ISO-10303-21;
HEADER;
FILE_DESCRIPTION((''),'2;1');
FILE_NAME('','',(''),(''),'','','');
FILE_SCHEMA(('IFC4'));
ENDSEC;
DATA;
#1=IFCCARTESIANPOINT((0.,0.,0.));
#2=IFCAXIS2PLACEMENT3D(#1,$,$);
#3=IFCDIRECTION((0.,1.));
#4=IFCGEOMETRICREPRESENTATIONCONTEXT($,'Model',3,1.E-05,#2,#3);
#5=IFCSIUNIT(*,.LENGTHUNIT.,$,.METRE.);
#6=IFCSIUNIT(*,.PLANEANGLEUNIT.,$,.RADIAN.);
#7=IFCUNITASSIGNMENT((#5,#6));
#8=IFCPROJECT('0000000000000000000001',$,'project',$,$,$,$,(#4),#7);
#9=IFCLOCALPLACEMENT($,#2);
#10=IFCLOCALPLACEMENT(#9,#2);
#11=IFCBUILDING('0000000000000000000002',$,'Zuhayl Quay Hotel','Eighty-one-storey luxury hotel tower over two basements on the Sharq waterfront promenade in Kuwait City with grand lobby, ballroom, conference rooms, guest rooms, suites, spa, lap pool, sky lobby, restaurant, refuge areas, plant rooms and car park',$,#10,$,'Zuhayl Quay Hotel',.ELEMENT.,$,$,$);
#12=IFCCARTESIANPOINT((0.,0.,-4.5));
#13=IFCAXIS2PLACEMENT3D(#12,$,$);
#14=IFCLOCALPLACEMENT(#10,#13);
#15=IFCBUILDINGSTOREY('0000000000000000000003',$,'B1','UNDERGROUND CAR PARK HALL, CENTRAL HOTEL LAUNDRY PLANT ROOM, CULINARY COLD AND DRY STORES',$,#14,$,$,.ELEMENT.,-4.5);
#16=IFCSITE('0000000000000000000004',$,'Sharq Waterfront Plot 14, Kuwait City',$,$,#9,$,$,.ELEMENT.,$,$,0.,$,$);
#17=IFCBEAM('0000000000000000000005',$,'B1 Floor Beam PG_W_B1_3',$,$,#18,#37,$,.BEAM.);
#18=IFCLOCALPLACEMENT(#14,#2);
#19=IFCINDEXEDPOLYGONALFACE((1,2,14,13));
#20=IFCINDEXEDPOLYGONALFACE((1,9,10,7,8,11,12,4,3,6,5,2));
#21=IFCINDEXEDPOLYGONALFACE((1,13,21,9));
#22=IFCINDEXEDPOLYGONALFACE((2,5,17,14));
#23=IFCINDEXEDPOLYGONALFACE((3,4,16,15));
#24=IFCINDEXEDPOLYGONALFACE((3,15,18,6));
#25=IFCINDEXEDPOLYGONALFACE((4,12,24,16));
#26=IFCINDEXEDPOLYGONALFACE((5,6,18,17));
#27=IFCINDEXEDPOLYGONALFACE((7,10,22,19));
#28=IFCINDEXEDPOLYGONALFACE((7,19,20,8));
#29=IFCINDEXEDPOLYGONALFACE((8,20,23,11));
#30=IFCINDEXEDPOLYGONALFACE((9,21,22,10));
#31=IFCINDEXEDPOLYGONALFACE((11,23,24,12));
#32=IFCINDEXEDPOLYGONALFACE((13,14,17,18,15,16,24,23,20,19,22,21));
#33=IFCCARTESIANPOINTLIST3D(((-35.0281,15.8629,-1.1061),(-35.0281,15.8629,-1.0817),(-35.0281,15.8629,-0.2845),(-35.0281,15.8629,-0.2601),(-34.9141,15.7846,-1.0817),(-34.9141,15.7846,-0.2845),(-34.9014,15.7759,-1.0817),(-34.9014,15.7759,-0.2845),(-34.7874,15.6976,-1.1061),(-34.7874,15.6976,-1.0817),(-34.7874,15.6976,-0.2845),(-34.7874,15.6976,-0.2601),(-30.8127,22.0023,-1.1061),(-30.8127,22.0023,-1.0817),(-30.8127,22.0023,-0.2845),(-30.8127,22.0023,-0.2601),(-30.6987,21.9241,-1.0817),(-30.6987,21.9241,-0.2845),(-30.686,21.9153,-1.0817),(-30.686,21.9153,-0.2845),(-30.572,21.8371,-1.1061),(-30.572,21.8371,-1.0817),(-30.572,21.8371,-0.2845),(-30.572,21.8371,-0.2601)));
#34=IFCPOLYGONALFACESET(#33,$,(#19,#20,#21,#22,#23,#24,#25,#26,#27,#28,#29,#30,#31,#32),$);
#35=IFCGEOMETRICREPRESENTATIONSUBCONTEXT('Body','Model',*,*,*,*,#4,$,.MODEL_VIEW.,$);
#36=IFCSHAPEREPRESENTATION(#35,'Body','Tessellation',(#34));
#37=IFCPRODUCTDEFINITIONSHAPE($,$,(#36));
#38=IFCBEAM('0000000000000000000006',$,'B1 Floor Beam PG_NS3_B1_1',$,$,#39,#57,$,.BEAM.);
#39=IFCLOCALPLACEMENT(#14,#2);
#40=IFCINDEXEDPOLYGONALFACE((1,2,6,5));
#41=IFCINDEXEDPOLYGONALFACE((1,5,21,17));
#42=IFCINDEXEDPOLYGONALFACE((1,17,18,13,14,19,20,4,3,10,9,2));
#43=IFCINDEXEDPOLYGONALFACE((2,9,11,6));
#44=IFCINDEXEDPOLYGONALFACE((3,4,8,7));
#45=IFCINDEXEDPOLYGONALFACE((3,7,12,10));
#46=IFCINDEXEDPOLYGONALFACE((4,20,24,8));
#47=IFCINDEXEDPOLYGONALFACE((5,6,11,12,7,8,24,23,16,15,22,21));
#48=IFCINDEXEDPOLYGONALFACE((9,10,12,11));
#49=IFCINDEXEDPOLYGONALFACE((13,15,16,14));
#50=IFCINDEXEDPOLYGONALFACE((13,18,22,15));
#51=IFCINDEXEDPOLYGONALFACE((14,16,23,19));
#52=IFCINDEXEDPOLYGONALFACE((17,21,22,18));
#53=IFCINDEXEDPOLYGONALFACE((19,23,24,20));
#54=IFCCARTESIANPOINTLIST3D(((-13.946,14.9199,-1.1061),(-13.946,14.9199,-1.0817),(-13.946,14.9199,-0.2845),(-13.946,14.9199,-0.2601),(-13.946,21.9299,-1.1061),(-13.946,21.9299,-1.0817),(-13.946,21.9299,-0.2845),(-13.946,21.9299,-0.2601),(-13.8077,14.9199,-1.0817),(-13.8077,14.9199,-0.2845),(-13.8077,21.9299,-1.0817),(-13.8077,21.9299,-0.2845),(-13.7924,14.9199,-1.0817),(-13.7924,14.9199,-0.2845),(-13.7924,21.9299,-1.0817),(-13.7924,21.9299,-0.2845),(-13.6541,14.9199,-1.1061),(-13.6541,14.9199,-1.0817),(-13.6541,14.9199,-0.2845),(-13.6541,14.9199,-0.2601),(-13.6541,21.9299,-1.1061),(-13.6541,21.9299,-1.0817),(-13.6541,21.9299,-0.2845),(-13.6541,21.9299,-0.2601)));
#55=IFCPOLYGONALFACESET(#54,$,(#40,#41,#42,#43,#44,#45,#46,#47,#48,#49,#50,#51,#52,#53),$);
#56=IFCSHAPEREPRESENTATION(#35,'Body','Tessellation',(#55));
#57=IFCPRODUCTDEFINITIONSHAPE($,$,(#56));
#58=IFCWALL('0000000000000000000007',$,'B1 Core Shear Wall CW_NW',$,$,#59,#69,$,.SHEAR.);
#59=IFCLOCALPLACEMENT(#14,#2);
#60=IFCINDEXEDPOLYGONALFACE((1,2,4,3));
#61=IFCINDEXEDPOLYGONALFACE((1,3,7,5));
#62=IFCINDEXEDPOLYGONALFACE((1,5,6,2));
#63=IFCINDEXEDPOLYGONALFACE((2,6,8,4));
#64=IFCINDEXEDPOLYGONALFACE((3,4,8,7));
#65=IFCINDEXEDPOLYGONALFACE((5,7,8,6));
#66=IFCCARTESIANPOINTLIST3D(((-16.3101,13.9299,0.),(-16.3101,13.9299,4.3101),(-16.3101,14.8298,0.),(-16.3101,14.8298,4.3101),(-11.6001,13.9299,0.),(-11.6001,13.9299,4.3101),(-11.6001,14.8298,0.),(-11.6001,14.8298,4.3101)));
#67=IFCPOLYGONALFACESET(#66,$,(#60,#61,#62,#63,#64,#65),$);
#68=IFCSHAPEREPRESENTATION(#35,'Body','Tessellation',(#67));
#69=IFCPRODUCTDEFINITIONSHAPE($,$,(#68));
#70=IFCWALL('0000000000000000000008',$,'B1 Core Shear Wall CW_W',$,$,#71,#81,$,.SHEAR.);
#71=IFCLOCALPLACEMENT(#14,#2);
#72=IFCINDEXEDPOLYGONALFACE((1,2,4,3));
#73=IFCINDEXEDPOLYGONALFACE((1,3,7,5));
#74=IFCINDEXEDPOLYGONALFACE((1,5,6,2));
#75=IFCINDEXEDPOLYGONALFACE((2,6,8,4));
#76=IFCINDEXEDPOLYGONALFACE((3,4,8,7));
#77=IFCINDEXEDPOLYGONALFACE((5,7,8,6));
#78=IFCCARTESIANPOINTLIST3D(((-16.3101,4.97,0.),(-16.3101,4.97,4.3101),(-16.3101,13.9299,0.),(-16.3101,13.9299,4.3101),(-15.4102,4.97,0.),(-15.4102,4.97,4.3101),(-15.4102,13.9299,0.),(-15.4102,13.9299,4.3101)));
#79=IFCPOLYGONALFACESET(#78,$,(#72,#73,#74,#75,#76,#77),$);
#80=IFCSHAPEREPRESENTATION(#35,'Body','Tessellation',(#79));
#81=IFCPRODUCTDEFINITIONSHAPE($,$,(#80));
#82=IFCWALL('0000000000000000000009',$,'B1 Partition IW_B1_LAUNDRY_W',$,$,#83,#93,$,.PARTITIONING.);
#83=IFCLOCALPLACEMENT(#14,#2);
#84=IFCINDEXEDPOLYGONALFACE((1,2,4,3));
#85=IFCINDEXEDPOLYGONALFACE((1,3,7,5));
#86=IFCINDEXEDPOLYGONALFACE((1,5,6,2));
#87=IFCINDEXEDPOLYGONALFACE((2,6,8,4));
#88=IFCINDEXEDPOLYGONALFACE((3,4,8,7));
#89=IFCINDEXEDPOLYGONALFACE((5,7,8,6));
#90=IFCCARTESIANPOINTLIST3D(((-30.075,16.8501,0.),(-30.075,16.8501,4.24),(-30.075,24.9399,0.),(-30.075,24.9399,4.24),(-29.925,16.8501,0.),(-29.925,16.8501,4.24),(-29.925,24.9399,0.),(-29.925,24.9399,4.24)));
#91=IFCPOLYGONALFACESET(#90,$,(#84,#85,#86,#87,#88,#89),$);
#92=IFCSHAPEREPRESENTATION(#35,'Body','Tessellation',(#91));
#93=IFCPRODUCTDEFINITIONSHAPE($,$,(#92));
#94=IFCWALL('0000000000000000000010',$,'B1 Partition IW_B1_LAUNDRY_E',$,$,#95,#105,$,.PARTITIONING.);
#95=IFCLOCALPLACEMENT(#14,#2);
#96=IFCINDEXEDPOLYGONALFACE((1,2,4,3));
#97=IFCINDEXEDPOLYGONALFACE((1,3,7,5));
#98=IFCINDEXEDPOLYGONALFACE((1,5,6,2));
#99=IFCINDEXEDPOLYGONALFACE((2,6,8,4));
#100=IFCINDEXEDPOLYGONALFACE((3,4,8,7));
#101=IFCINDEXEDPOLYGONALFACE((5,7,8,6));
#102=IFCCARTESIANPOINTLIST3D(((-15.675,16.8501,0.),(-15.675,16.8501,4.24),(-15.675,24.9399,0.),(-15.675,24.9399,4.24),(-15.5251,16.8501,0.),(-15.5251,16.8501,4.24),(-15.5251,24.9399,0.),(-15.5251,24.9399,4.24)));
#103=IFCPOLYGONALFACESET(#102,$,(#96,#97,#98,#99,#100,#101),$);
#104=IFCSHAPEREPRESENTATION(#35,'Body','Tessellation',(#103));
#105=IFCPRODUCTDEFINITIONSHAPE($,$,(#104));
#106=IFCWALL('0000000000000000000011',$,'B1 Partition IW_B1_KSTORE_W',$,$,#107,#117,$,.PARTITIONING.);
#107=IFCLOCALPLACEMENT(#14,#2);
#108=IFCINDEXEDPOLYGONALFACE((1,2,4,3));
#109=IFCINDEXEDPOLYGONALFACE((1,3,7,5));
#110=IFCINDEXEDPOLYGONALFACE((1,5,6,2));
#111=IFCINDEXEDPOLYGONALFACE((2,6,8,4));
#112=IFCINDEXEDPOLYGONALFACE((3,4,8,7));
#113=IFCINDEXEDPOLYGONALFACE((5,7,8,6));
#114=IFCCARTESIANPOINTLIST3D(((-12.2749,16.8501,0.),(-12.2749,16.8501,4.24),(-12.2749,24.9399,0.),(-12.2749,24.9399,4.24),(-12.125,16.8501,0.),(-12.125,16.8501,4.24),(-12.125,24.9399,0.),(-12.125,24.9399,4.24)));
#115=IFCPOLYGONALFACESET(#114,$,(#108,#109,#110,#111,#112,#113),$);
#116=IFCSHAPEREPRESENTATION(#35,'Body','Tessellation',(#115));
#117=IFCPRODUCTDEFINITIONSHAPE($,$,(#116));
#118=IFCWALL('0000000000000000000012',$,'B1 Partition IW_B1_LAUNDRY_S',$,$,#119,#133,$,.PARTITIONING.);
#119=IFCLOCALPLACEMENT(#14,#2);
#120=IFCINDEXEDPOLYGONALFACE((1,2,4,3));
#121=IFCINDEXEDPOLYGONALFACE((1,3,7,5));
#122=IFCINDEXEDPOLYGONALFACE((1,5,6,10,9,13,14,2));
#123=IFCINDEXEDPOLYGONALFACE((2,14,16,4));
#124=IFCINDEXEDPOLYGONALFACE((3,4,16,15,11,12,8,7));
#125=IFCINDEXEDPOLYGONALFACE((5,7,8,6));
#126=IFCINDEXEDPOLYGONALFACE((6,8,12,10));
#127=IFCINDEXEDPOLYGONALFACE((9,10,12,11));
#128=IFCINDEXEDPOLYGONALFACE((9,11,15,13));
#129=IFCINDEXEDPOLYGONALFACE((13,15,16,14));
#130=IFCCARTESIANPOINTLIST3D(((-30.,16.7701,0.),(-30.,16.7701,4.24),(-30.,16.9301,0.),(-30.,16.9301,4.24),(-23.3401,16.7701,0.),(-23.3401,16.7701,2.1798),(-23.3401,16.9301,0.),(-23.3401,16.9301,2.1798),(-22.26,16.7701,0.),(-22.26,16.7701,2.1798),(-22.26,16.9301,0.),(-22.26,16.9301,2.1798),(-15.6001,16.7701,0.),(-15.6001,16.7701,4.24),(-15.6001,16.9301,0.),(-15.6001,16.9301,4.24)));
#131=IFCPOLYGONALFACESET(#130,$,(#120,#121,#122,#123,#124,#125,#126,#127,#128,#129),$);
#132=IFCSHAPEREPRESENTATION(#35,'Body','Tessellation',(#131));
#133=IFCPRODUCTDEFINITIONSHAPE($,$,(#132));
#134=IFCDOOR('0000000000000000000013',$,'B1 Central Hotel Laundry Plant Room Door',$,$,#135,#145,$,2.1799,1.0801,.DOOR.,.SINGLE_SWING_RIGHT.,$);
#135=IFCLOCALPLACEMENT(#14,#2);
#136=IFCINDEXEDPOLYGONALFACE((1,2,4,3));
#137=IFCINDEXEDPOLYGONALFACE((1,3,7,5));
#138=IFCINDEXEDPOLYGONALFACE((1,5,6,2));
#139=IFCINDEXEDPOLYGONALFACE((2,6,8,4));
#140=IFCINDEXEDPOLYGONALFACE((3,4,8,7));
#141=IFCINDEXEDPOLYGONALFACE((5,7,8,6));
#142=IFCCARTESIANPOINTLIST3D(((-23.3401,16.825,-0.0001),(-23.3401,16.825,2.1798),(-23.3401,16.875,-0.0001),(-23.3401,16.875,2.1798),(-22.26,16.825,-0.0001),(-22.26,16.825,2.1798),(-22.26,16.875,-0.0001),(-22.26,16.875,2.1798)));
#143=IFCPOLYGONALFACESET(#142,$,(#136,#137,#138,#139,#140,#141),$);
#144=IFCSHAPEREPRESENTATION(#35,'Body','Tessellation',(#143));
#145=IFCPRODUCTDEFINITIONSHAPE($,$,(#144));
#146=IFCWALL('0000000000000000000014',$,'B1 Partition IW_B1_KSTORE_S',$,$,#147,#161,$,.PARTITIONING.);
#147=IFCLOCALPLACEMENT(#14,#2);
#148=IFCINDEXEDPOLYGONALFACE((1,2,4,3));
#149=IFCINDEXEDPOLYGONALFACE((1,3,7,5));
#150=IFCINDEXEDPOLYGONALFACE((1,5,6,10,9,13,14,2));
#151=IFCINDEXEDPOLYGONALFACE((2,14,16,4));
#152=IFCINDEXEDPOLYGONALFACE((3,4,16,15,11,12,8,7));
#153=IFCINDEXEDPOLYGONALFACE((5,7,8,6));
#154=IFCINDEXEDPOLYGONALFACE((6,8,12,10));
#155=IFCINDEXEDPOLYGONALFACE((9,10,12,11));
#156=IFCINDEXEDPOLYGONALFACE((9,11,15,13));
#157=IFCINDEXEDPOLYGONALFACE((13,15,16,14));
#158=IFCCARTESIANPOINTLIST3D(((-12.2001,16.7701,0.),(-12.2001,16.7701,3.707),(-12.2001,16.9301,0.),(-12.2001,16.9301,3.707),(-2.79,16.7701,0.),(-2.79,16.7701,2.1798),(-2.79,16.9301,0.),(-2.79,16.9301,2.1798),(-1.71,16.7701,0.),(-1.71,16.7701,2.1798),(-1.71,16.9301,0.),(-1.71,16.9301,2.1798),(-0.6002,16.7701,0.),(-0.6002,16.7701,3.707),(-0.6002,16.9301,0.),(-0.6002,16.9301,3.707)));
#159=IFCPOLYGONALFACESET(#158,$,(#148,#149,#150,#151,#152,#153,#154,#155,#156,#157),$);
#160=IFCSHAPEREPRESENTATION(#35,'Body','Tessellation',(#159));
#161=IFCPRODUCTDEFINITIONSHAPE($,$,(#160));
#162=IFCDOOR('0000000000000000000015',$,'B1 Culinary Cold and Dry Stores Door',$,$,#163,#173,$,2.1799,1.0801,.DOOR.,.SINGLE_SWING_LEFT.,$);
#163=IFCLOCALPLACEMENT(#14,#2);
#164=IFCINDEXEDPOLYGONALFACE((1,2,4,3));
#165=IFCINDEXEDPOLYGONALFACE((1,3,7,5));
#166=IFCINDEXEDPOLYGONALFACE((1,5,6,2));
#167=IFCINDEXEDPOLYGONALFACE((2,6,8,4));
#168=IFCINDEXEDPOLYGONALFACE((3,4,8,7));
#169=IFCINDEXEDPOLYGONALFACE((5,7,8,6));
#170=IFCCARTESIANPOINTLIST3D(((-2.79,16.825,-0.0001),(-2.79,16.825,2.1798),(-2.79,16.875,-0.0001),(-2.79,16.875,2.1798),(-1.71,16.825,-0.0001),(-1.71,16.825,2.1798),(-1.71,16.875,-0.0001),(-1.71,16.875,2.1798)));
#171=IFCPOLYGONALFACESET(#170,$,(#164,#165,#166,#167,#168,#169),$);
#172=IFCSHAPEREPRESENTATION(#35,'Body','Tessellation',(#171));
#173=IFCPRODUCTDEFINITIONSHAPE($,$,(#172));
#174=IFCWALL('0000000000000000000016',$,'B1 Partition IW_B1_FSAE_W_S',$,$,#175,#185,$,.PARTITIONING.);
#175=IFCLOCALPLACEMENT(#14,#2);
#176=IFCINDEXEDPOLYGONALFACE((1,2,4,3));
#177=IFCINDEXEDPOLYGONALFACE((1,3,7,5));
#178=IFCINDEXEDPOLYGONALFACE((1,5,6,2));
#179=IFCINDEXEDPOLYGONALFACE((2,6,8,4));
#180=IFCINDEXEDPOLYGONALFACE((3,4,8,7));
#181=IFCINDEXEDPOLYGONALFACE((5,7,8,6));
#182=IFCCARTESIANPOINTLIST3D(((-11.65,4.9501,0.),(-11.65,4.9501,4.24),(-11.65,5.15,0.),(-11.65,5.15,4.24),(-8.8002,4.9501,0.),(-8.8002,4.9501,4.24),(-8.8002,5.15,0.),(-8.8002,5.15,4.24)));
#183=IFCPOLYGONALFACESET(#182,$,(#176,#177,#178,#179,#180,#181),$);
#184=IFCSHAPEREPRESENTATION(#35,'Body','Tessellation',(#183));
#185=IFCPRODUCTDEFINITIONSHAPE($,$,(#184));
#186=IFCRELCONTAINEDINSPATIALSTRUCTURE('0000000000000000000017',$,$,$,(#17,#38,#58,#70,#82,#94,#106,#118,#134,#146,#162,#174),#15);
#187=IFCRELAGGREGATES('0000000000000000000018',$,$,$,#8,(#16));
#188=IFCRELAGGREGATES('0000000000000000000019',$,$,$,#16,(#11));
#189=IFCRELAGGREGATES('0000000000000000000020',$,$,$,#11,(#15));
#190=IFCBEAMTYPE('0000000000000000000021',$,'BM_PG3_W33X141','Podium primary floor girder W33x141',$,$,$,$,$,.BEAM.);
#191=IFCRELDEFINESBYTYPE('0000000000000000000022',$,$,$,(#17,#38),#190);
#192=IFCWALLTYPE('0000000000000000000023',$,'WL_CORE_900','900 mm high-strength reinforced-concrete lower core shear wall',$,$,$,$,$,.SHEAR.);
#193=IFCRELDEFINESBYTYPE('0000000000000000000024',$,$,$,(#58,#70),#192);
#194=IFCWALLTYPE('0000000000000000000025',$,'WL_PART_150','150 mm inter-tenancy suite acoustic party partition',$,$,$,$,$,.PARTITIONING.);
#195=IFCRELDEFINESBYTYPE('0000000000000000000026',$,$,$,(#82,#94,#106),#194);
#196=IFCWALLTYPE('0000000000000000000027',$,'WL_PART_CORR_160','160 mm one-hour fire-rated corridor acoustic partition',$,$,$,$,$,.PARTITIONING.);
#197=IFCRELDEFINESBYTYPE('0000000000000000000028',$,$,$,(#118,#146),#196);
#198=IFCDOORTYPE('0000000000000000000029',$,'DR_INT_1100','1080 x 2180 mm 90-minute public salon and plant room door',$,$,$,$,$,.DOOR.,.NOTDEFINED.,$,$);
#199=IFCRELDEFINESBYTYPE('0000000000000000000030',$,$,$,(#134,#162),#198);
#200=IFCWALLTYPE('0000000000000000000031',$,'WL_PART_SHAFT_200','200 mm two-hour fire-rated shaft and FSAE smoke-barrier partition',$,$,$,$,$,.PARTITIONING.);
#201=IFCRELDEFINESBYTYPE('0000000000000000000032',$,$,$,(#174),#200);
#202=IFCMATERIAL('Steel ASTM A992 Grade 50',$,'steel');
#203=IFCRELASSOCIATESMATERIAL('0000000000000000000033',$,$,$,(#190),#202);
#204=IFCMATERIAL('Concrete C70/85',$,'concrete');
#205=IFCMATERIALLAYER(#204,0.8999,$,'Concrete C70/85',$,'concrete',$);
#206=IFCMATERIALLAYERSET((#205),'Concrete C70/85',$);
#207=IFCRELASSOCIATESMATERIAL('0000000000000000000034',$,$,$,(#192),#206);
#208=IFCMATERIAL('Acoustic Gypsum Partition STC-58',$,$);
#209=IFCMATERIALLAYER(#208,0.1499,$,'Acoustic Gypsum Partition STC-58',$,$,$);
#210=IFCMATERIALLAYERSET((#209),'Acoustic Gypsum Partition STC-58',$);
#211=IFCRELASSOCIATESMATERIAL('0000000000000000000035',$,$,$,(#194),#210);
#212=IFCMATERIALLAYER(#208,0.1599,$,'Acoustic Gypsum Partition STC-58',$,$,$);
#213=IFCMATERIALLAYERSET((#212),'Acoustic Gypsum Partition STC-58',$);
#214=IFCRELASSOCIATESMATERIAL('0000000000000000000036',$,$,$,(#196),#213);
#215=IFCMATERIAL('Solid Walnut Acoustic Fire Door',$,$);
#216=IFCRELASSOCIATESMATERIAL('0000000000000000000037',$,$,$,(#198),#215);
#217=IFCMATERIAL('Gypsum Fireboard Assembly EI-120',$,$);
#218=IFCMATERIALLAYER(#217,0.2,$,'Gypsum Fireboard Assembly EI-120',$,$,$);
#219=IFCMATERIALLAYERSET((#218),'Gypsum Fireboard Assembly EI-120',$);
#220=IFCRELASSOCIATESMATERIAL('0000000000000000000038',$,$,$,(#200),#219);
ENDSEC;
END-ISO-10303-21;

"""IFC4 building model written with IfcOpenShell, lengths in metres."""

from ifc_helpers import new_model, si_unit, direction, frame, frame_2d, origin, origin_2d, place, context, subcontext, project, spatial, rectangle, i_section, extrude, material, layer, layer_set, material_profile, profile_set, type_object, element, fill, save


model = new_model("IFC4")

# Units and contexts
model_context = context("Model", 3, precision=1e-05, world=origin(), true_north=direction((0.0, 1.0)))
body_context = subcontext(model_context, "Body", "Model", "MODEL_VIEW")
ifc_project = project(units=[si_unit("LENGTHUNIT", "METRE"), si_unit("PLANEANGLEUNIT", "RADIAN")], contexts=[model_context])

# Site, building, storey
site_placement = place(None, origin())
site = spatial("IfcSite", under=ifc_project, at=site_placement, Name="Sharq Waterfront Plot 14, Kuwait City", CompositionType="ELEMENT", RefElevation=0.0)
building_placement = place(site_placement, origin())
building = spatial("IfcBuilding", under=site, at=building_placement, Name="Zuhayl Quay Hotel", Description="Eighty-one-storey luxury hotel tower over two basements on the Sharq waterfront promenade in Kuwait City with grand lobby, ballroom, conference rooms, guest rooms, suites, spa, lap pool, sky lobby, restaurant, refuge areas, plant rooms and car park", LongName="Zuhayl Quay Hotel", CompositionType="ELEMENT")
storey_placement = place(building_placement, frame((0.0, 0.0, -4.5)))
storey = spatial("IfcBuildingStorey", under=building, at=storey_placement, Name="B1", Description="UNDERGROUND CAR PARK HALL, CENTRAL HOTEL LAUNDRY PLANT ROOM, CULINARY COLD AND DRY STORES", CompositionType="ELEMENT", Elevation=-4.5)

# Shared definitions
ifc_material_1 = material(Name="Concrete C70/85", Category="concrete")

# Beams
ifc_material_2 = material(Name="Steel ASTM A992 Grade 50", Category="steel")
ifc_material_profile_1 = material_profile(ifc_material_2, i_section(OverallWidth=0.292, OverallDepth=0.8459, WebThickness=0.0154, FlangeThickness=0.0244, at=origin_2d()), Name="W33X141")
ifc_profile_set_1 = profile_set([ifc_material_profile_1], Name="Steel ASTM A992 Grade 50")
beam_type_1 = type_object("IfcBeamType", Name="BM_PG3_W33X141", Description="Podium primary floor girder W33x141", PredefinedType="BEAM", material=ifc_profile_set_1)
beam_1_placement = place(storey_placement, frame((-34.9077, 15.7803, -0.6831), z_axis=(0.566026, 0.824387, 0.0), x_axis=(-0.824387, 0.566026, 0.0)))
element("IfcBeam", 1, at=beam_1_placement, inside=storey, type_object=beam_type_1, Name="B1 Floor Beam PG_W_B1_3", PredefinedType="BEAM", context=body_context, shape_type="SweptSolid", body=[
    extrude(i_section(OverallWidth=0.292, OverallDepth=0.8459, WebThickness=0.0154, FlangeThickness=0.0244, at=origin_2d()), origin(), (0.0, 0.0, 1.0), 7.4473),
])
beam_2_placement = place(storey_placement, frame((-13.8, 14.9199, -0.6831), z_axis=(0.0, 1.0, 0.0), x_axis=(-1.0, 0.0, 0.0)))
element("IfcBeam", 2, at=beam_2_placement, inside=storey, type_object=beam_type_1, Name="B1 Floor Beam PG_NS3_B1_1", PredefinedType="BEAM", context=body_context, shape_type="SweptSolid", body=[
    extrude(i_section(OverallWidth=0.292, OverallDepth=0.8459, WebThickness=0.0154, FlangeThickness=0.0244, at=origin_2d()), origin(), (0.0, 0.0, 1.0), 7.01),
])

# Walls
ifc_layer_1 = layer(ifc_material_1, 0.8999, Name="Concrete C70/85", Category="concrete")
ifc_layer_set_1 = layer_set([ifc_layer_1], Name="Concrete C70/85")
wall_type_1 = type_object("IfcWallType", Name="WL_CORE_900", Description="900 mm high-strength reinforced-concrete lower core shear wall", PredefinedType="SHEAR", material=ifc_layer_set_1)
wall_1_placement = place(storey_placement, frame((-16.3101, 14.3799, 0.0), z_axis=(0.0, 0.0, 1.0), x_axis=(1.0, 0.0, 0.0)))
element("IfcWall", 3, at=wall_1_placement, inside=storey, type_object=wall_type_1, Name="B1 Core Shear Wall CW_NW", PredefinedType="SHEAR", context=body_context, shape_type="SweptSolid", body=[
    extrude(rectangle(XDim=4.71, YDim=0.8999, at=frame_2d((2.355, 0.0))), origin(), (0.0, 0.0, 1.0), 4.3101),
])
wall_2_placement = place(storey_placement, frame((-15.8601, 4.97, 0.0), z_axis=(0.0, 0.0, 1.0), x_axis=(0.0, 1.0, 0.0)))
element("IfcWall", 4, at=wall_2_placement, inside=storey, type_object=wall_type_1, Name="B1 Core Shear Wall CW_W", PredefinedType="SHEAR", context=body_context, shape_type="SweptSolid", body=[
    extrude(rectangle(XDim=8.96, YDim=0.8999, at=frame_2d((4.48, 0.0))), origin(), (0.0, 0.0, 1.0), 4.3101),
])
ifc_material_3 = material(Name="Acoustic Gypsum Partition STC-58")
ifc_layer_2 = layer(ifc_material_3, 0.1499, Name="Acoustic Gypsum Partition STC-58")
ifc_layer_set_2 = layer_set([ifc_layer_2], Name="Acoustic Gypsum Partition STC-58")
wall_type_2 = type_object("IfcWallType", Name="WL_PART_150", Description="150 mm inter-tenancy suite acoustic party partition", PredefinedType="PARTITIONING", material=ifc_layer_set_2)
for number, where, z_axis, x_axis, name in (
    (5, (-30.0, 16.8501, 0.0), (0.0, 0.0, 1.0), (0.0, 1.0, 0.0), "B1 Partition IW_B1_LAUNDRY_W"),
    (6, (-15.6001, 16.8501, 0.0), (0.0, 0.0, 1.0), (0.0, 1.0, 0.0), "B1 Partition IW_B1_LAUNDRY_E"),
    (7, (-12.2, 16.8501, 0.0), (0.0, 0.0, 1.0), (0.0, 1.0, 0.0), "B1 Partition IW_B1_KSTORE_W"),
):
    element("IfcWall", number, at=place(storey_placement, frame(where, z_axis=z_axis, x_axis=x_axis)), inside=storey, type_object=wall_type_2, Name=name, PredefinedType="PARTITIONING", context=body_context, shape_type="SweptSolid", body=[
        extrude(rectangle(XDim=8.0898, YDim=0.1499, at=frame_2d((4.0449, 0.0))), origin(), (0.0, 0.0, 1.0), 4.24),
    ])

# Walls, openings, doors
ifc_layer_3 = layer(ifc_material_3, 0.1599, Name="Acoustic Gypsum Partition STC-58")
ifc_layer_set_3 = layer_set([ifc_layer_3], Name="Acoustic Gypsum Partition STC-58")
wall_type_3 = type_object("IfcWallType", Name="WL_PART_CORR_160", Description="160 mm one-hour fire-rated corridor acoustic partition", PredefinedType="PARTITIONING", material=ifc_layer_set_3)
wall_3_placement = place(storey_placement, frame((-30.0, 16.8501, 0.0), z_axis=(0.0, 0.0, 1.0), x_axis=(1.0, 0.0, 0.0)))
wall_3 = element("IfcWall", 8, at=wall_3_placement, inside=storey, type_object=wall_type_3, Name="B1 Partition IW_B1_LAUNDRY_S", PredefinedType="PARTITIONING", context=body_context, shape_type="SweptSolid", body=[
    extrude(rectangle(XDim=14.3999, YDim=0.1599, at=frame_2d((7.2, 0.0))), origin(), (0.0, 0.0, 1.0), 4.24),
])
opening_1_placement = place(wall_3_placement, frame((6.6599, 0.0, 0.0)))
opening_1 = element("IfcOpeningElement", 9, at=opening_1_placement, cuts=wall_3, PredefinedType="OPENING", context=body_context, shape_type="SweptSolid", body=[
    extrude(rectangle(XDim=1.0801, YDim=2.1799, at=frame_2d((0.54, 1.0898))), frame((0.0, 0.0898, 0.0), z_axis=(0.0, -1.0, 0.0), x_axis=(1.0, 0.0, 0.0)), (0.0, 0.0, 1.0), 0.1799),
])
ifc_material_4 = material(Name="Solid Walnut Acoustic Fire Door")
door_type_1 = type_object("IfcDoorType", Name="DR_INT_1100", Description="1080 x 2180 mm 90-minute public salon and plant room door", OperationType="NOTDEFINED", PredefinedType="DOOR", material=ifc_material_4)
door_1_placement = place(opening_1_placement, origin())
door_1 = element("IfcDoor", 10, at=door_1_placement, inside=storey, type_object=door_type_1, Name="B1 Central Hotel Laundry Plant Room Door", OperationType="SINGLE_SWING_RIGHT", OverallHeight=2.1799, OverallWidth=1.0801, PredefinedType="DOOR", context=body_context, shape_type="SweptSolid", body=[
    extrude(rectangle(XDim=1.0801, YDim=2.1799, at=frame_2d((0.54, 1.0898))), frame((0.0, 0.0249, 0.0), z_axis=(0.0, -1.0, 0.0), x_axis=(1.0, 0.0, 0.0)), (0.0, 0.0, 1.0), 0.05),
])
fill(opening_1, door_1)
wall_4_placement = place(storey_placement, frame((-12.2, 16.8501, 0.0), z_axis=(0.0, 0.0, 1.0), x_axis=(1.0, 0.0, 0.0)))
wall_4 = element("IfcWall", 11, at=wall_4_placement, inside=storey, type_object=wall_type_3, Name="B1 Partition IW_B1_KSTORE_S", PredefinedType="PARTITIONING", context=body_context, shape_type="SweptSolid", body=[
    extrude(rectangle(XDim=11.5999, YDim=0.1599, at=frame_2d((5.7998, 0.0))), origin(), (0.0, 0.0, 1.0), 3.707),
])
opening_2_placement = place(wall_4_placement, frame((9.4099, 0.0, 0.0)))
opening_2 = element("IfcOpeningElement", 12, at=opening_2_placement, cuts=wall_4, PredefinedType="OPENING", context=body_context, shape_type="SweptSolid", body=[
    extrude(rectangle(XDim=1.0801, YDim=2.1799, at=frame_2d((0.54, 1.0898))), frame((0.0, 0.0898, 0.0), z_axis=(0.0, -1.0, 0.0), x_axis=(1.0, 0.0, 0.0)), (0.0, 0.0, 1.0), 0.1799),
])
door_2_placement = place(opening_2_placement, origin())
door_2 = element("IfcDoor", 13, at=door_2_placement, inside=storey, type_object=door_type_1, Name="B1 Culinary Cold and Dry Stores Door", OperationType="SINGLE_SWING_LEFT", OverallHeight=2.1799, OverallWidth=1.0801, PredefinedType="DOOR", context=body_context, shape_type="SweptSolid", body=[
    extrude(rectangle(XDim=1.0801, YDim=2.1799, at=frame_2d((0.54, 1.0898))), frame((0.0, 0.0249, 0.0), z_axis=(0.0, -1.0, 0.0), x_axis=(1.0, 0.0, 0.0)), (0.0, 0.0, 1.0), 0.05),
])
fill(opening_2, door_2)

# Wall
ifc_material_5 = material(Name="Gypsum Fireboard Assembly EI-120")
ifc_layer_4 = layer(ifc_material_5, 0.2, Name="Gypsum Fireboard Assembly EI-120")
ifc_layer_set_4 = layer_set([ifc_layer_4], Name="Gypsum Fireboard Assembly EI-120")
wall_type_4 = type_object("IfcWallType", Name="WL_PART_SHAFT_200", Description="200 mm two-hour fire-rated shaft and FSAE smoke-barrier partition", PredefinedType="PARTITIONING", material=ifc_layer_set_4)
wall_5_placement = place(storey_placement, frame((-11.6499, 5.05, 0.0), z_axis=(0.0, 0.0, 1.0), x_axis=(1.0, 0.0, 0.0)))
element("IfcWall", 14, at=wall_5_placement, inside=storey, type_object=wall_type_4, Name="B1 Partition IW_B1_FSAE_W_S", PredefinedType="PARTITIONING", context=body_context, shape_type="SweptSolid", body=[
    extrude(rectangle(XDim=2.8499, YDim=0.2, at=frame_2d((1.4248, 0.0))), origin(), (0.0, 0.0, 1.0), 4.24),
])

save(model, "model.ifc")
